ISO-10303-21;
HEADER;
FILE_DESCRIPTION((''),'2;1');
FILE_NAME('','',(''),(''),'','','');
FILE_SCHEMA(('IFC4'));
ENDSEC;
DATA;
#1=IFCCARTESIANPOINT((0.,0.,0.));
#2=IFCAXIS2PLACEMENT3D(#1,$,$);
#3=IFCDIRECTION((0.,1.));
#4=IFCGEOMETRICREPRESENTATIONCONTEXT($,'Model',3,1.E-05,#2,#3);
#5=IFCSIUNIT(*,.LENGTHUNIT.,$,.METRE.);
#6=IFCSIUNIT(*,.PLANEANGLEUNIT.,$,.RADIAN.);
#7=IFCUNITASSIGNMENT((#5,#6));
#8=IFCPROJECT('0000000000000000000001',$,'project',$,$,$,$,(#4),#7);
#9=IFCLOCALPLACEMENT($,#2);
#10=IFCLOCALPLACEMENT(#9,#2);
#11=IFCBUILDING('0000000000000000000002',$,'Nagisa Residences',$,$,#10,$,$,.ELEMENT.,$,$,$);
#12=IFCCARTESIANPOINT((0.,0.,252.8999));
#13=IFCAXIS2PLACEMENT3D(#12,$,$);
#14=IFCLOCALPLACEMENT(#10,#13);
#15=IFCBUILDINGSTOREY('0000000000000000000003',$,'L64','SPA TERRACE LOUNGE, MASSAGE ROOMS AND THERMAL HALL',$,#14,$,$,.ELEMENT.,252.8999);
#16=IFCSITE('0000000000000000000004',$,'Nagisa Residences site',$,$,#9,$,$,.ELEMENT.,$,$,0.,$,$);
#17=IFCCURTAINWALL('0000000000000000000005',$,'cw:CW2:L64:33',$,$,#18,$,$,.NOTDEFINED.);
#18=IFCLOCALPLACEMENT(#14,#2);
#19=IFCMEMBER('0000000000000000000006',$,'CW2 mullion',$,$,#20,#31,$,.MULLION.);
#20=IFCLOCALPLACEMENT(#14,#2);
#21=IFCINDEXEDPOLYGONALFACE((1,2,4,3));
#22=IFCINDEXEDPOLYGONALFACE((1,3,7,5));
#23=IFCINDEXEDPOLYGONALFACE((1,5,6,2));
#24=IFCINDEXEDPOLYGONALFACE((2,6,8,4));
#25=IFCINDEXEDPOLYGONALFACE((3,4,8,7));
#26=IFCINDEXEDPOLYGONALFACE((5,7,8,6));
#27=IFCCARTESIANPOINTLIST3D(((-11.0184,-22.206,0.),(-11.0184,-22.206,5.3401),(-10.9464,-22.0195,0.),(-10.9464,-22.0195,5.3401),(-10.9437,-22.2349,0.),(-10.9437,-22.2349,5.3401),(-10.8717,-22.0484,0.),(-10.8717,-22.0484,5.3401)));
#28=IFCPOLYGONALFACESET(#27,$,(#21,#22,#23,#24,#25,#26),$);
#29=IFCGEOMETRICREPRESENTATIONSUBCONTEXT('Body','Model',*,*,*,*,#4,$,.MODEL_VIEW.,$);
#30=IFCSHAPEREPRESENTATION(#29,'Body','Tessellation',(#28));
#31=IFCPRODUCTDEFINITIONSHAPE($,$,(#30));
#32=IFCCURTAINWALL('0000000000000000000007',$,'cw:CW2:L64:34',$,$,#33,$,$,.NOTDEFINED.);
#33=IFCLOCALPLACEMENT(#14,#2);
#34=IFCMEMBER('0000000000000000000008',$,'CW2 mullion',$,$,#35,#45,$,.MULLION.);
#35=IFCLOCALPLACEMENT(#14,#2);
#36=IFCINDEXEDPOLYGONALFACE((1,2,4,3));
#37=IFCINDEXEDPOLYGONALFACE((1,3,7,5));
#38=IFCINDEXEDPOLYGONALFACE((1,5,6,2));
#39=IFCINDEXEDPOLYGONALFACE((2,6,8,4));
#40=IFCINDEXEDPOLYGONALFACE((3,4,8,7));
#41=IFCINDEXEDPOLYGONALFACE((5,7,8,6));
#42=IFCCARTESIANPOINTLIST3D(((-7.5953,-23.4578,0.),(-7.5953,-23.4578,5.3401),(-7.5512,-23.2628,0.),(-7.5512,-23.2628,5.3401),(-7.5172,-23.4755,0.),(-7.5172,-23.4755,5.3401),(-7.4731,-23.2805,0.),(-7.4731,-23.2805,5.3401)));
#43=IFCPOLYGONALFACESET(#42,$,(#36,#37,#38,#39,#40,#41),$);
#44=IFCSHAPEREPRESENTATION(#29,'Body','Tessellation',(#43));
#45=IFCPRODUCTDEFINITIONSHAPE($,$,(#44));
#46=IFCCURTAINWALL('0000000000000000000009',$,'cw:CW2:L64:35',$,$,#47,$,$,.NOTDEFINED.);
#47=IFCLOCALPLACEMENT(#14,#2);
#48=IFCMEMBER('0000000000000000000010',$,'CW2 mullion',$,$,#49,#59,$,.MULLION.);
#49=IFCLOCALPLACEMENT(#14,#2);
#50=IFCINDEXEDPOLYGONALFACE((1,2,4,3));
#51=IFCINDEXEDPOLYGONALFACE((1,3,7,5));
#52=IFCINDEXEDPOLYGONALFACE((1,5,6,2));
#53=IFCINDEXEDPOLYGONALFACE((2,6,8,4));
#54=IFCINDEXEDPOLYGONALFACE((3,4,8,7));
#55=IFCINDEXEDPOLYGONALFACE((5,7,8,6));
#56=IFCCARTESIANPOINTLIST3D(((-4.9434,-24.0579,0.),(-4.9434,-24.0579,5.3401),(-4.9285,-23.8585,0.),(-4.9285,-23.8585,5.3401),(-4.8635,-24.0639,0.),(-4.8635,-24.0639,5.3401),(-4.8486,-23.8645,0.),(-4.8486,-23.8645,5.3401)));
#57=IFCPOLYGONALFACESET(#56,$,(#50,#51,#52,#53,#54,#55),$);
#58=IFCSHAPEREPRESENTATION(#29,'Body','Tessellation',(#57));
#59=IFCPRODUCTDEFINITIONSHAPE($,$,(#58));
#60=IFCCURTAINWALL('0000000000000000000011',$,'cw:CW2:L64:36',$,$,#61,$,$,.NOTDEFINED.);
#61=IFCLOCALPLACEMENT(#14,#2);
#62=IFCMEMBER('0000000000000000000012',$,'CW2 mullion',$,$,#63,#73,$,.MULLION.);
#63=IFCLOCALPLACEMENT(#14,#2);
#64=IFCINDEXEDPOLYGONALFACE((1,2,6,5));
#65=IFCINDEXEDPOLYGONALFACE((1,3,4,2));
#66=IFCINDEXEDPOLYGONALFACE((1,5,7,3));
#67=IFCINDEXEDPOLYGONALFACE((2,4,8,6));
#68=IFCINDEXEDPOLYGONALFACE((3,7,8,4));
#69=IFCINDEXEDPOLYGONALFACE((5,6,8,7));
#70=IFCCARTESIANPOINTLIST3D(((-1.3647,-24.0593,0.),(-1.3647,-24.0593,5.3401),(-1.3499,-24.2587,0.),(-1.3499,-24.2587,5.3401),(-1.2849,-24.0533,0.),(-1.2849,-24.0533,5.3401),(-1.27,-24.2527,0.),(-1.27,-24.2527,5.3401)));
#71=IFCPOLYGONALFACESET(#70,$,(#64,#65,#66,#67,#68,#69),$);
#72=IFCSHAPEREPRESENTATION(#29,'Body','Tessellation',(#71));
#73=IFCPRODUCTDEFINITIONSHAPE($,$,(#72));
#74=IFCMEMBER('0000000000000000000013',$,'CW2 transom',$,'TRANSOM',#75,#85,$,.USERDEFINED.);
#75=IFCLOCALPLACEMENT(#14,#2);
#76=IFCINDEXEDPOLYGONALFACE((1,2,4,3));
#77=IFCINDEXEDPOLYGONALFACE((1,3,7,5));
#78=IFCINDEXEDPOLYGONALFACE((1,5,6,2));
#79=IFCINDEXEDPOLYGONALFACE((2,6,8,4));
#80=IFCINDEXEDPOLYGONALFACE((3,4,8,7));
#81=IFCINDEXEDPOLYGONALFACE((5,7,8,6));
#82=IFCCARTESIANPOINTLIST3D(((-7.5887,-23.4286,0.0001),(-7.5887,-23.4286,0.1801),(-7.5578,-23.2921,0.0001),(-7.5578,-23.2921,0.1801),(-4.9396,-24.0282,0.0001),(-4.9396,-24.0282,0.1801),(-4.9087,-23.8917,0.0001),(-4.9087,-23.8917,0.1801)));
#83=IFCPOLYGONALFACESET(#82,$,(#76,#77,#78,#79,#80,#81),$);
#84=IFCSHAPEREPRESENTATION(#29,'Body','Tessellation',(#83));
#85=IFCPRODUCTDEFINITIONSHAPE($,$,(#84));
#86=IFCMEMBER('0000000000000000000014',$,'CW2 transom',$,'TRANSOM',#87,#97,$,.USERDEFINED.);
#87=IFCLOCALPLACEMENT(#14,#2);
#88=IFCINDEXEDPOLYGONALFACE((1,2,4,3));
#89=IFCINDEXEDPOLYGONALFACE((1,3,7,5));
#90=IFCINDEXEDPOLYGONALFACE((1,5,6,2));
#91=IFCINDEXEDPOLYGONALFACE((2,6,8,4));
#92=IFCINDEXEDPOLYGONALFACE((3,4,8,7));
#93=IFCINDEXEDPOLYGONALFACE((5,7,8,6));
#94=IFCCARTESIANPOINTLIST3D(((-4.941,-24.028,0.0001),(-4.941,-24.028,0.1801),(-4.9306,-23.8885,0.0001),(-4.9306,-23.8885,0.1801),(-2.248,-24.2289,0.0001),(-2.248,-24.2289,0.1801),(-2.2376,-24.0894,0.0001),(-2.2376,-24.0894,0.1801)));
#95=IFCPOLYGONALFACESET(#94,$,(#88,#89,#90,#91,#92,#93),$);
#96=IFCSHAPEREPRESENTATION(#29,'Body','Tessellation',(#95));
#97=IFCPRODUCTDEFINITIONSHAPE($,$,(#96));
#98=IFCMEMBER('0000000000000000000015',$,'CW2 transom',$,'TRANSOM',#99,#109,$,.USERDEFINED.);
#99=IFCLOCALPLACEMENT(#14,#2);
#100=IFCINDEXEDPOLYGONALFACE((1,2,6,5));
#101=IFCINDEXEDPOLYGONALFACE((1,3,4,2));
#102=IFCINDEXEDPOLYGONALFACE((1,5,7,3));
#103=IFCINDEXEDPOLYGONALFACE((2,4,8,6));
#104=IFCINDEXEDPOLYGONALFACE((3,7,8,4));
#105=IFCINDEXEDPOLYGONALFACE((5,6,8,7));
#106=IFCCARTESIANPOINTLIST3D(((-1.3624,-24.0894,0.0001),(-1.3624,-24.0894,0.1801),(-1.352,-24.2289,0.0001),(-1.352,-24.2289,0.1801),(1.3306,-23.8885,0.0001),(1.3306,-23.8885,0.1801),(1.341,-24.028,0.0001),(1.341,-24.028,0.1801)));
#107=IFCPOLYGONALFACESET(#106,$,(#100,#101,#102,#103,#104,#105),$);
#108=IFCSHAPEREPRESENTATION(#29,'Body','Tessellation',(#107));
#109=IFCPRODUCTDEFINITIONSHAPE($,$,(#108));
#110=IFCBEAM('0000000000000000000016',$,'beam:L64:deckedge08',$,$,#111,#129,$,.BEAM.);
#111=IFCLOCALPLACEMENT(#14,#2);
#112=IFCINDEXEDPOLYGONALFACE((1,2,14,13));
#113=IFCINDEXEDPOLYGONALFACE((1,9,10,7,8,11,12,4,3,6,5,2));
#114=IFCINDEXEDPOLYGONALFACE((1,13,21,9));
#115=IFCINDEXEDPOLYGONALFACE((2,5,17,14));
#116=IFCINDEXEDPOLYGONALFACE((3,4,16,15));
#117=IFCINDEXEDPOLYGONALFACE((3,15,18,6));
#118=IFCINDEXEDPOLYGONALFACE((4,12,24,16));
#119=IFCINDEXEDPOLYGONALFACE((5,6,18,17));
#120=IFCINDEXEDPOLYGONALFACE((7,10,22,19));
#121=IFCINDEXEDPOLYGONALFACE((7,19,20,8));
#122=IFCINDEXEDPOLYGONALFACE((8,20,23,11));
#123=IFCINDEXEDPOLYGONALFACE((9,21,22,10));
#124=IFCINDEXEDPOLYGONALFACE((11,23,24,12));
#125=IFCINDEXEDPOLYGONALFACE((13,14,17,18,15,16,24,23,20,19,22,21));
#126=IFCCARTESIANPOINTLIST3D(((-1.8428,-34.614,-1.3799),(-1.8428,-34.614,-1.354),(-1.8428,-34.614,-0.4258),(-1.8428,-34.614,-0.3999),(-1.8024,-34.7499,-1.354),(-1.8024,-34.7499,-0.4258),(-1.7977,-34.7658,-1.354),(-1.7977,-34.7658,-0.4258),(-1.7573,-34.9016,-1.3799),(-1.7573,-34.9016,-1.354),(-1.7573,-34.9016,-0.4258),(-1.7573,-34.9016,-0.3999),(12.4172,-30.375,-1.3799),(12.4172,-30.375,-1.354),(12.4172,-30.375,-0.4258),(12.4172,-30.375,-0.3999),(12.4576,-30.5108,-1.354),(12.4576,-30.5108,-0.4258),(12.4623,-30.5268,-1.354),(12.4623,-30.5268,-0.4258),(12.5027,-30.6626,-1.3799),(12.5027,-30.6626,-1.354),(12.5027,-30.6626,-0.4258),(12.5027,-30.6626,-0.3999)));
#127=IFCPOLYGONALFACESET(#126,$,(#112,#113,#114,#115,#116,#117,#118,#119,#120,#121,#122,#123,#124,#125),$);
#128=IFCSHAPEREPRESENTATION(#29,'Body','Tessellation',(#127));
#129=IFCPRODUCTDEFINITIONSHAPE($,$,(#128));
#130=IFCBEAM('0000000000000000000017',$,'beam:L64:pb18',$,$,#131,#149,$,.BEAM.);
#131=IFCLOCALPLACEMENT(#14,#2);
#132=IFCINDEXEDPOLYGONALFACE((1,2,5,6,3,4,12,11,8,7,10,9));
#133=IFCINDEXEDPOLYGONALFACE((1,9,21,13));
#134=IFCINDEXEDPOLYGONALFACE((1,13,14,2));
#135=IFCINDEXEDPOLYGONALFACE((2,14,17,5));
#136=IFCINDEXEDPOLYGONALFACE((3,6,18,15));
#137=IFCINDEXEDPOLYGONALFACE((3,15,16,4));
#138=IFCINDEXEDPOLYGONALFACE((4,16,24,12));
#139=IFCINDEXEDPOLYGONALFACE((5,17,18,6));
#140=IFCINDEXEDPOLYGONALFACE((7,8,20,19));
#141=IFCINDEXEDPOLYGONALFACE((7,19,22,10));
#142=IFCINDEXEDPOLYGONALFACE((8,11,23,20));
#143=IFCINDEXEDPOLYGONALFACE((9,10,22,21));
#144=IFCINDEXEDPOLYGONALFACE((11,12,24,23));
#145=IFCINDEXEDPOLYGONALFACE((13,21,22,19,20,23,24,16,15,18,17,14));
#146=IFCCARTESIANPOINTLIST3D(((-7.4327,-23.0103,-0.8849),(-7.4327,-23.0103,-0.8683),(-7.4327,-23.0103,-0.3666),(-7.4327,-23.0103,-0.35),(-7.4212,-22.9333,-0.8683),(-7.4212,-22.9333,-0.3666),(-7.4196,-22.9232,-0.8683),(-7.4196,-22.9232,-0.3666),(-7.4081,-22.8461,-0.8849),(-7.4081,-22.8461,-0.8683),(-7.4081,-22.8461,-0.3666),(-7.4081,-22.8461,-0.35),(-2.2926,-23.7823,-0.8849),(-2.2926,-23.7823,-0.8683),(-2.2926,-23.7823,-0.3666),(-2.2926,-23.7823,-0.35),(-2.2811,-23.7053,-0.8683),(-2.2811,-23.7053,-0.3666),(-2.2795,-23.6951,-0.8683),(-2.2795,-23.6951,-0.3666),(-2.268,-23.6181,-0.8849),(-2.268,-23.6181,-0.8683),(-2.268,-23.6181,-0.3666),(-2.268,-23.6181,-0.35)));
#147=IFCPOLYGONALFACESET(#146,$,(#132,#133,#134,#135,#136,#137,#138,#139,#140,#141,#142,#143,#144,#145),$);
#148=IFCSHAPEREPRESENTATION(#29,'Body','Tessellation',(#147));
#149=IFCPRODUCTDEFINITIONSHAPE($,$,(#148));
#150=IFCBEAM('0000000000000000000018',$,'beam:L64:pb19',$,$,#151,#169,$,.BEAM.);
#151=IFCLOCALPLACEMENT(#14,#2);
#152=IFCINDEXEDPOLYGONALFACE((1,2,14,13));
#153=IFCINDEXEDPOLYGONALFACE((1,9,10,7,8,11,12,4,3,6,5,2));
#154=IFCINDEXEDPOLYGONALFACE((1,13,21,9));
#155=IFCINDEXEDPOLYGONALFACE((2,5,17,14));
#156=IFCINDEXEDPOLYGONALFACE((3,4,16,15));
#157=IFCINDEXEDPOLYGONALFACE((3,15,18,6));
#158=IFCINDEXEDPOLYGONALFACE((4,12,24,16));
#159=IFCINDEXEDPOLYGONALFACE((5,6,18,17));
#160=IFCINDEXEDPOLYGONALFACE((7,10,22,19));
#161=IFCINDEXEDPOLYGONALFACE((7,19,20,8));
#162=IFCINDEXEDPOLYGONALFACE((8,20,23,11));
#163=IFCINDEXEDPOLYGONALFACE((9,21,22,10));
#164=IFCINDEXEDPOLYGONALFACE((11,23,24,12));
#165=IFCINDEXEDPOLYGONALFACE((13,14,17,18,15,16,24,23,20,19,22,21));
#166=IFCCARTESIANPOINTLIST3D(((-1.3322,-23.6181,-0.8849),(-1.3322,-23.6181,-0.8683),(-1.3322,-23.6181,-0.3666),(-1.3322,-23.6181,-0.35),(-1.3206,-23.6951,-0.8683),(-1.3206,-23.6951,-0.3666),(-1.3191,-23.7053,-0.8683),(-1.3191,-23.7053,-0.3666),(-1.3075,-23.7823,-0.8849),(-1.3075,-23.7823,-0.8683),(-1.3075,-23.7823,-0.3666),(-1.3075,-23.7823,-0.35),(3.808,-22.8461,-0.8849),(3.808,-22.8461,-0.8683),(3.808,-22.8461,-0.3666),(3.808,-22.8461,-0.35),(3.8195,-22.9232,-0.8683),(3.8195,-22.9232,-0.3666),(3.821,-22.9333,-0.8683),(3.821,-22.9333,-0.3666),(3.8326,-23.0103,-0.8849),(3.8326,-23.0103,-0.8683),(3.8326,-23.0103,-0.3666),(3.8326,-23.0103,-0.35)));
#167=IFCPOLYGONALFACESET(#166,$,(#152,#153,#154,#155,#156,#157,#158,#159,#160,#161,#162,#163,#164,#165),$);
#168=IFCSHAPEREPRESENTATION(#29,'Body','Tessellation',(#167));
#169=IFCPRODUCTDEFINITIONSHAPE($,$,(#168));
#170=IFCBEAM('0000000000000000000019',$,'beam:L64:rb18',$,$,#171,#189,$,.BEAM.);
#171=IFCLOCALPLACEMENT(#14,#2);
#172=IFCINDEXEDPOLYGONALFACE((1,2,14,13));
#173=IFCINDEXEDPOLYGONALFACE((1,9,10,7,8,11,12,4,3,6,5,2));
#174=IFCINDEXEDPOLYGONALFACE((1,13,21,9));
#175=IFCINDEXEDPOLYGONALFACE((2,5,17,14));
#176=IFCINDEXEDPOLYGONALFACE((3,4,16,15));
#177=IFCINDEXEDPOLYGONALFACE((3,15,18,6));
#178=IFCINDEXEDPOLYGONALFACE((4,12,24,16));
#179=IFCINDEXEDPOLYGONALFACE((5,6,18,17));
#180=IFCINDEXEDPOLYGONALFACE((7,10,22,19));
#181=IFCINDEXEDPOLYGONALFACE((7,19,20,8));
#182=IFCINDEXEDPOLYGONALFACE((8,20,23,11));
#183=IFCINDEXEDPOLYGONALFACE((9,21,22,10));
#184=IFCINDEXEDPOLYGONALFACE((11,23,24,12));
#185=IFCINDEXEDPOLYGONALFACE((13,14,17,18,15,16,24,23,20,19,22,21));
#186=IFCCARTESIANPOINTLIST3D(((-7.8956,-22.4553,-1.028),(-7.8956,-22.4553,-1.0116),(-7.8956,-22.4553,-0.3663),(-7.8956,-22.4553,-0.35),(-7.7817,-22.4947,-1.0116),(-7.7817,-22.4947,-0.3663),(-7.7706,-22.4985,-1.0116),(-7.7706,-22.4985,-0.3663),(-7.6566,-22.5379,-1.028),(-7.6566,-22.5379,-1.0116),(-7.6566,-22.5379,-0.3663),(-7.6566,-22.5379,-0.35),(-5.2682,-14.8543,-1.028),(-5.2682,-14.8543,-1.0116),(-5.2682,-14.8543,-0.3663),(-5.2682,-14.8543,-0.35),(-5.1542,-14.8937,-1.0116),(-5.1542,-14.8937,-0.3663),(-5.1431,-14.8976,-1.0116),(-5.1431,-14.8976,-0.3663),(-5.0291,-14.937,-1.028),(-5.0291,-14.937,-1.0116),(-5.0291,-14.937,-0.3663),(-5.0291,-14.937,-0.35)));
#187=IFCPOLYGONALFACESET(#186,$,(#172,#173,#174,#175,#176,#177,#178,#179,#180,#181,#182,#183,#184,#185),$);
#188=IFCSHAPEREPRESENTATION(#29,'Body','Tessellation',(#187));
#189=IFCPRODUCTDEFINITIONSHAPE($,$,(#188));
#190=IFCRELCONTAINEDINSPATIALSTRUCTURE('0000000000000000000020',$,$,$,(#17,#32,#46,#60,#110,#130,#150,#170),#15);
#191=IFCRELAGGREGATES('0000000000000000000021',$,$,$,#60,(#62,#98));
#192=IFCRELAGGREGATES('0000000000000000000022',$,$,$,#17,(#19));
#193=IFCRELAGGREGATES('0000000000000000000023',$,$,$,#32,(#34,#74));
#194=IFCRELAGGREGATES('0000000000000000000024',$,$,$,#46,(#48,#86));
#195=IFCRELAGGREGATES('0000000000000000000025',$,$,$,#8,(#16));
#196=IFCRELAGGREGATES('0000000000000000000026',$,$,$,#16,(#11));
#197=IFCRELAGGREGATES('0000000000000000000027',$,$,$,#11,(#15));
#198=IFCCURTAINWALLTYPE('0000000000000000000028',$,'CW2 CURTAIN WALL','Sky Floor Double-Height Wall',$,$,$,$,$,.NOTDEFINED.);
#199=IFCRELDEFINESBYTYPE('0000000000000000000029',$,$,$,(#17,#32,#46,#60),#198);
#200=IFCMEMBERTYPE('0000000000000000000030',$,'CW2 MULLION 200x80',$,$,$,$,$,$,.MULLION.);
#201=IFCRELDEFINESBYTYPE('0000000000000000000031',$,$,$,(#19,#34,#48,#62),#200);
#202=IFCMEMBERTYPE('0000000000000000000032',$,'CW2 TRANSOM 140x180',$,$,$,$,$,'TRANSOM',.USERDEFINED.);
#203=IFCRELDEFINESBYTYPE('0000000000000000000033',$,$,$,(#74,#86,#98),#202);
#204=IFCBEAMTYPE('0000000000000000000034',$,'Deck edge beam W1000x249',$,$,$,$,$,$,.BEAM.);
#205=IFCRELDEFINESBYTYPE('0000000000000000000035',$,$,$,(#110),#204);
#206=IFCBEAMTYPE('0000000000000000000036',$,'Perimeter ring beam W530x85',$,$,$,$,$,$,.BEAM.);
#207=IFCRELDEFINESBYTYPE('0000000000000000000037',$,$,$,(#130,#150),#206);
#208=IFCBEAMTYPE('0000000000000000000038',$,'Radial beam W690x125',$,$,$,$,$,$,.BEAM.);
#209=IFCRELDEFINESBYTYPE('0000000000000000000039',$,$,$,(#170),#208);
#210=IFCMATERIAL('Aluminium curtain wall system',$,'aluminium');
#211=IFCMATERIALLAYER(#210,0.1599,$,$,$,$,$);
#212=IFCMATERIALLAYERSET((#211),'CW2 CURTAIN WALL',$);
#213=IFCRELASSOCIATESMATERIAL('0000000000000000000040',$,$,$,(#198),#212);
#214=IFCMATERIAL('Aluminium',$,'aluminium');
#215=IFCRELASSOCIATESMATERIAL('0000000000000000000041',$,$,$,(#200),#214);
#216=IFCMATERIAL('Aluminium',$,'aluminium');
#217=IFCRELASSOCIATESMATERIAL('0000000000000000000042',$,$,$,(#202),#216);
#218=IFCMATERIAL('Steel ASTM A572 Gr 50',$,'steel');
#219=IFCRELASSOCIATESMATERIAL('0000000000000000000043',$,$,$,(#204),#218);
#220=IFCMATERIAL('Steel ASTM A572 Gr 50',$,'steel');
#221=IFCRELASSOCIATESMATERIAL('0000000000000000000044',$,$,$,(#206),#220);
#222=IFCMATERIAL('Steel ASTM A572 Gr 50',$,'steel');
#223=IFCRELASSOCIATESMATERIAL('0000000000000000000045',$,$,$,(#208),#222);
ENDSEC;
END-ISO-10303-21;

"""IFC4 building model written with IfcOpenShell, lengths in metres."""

from ifc_helpers import new_model, si_unit, direction, frame, origin, origin_2d, place, context, subcontext, project, spatial, rectangle, i_section, extrude, material, layer, layer_set, material_profile, profile_set, type_object, element, aggregate, save


model = new_model("IFC4")

# Units and contexts
model_context = context("Model", 3, precision=1e-05, world=origin(), true_north=direction((0.0, 1.0)))
body_context = subcontext(model_context, "Body", "Model", "MODEL_VIEW")
ifc_project = project(units=[si_unit("LENGTHUNIT", "METRE"), si_unit("PLANEANGLEUNIT", "RADIAN")], contexts=[model_context])

# Site, building, storey
site_placement = place(None, origin())
site = spatial("IfcSite", under=ifc_project, at=site_placement, Name="Nagisa Residences site", CompositionType="ELEMENT", RefElevation=0.0)
building_placement = place(site_placement, origin())
building = spatial("IfcBuilding", under=site, at=building_placement, Name="Nagisa Residences", CompositionType="ELEMENT")
storey_placement = place(building_placement, frame((0.0, 0.0, 252.8999)))
storey = spatial("IfcBuildingStorey", under=building, at=storey_placement, Name="L64", Description="SPA TERRACE LOUNGE, MASSAGE ROOMS AND THERMAL HALL", CompositionType="ELEMENT", Elevation=252.8999)

# Curtain walls, members
ifc_material_1 = material(Name="Aluminium curtain wall system", Category="aluminium")
ifc_layer_1 = layer(ifc_material_1, 0.1599)
ifc_layer_set_1 = layer_set([ifc_layer_1], Name="CW2 CURTAIN WALL")
curtain_wall_type = type_object("IfcCurtainWallType", Name="CW2 CURTAIN WALL", Description="Sky Floor Double-Height Wall", PredefinedType="NOTDEFINED", material=ifc_layer_set_1)
curtain_wall_1_placement = place(storey_placement, origin())
curtain_wall_1 = element("IfcCurtainWall", 1, at=curtain_wall_1_placement, inside=storey, type_object=curtain_wall_type, Name="cw:CW2:L64:33", PredefinedType="NOTDEFINED")
ifc_material_2 = material(Name="Aluminium", Category="aluminium")
ifc_material_profile_1 = material_profile(ifc_material_2, rectangle(XDim=0.2, YDim=0.0801, at=origin_2d()), Name="CW2 MULLION 200x80")
ifc_profile_set_1 = profile_set([ifc_material_profile_1], Name="Aluminium")
member_type_1 = type_object("IfcMemberType", Name="CW2 MULLION 200x80", PredefinedType="MULLION", material=ifc_profile_set_1)
member_1_placement = place(storey_placement, frame((-10.9451, -22.1272, 0.0), z_axis=(0.0, 0.0, 1.0), x_axis=(0.360328, 0.932826, 0.0)))
member_1 = element("IfcMember", 2, at=member_1_placement, type_object=member_type_1, Name="CW2 mullion", PredefinedType="MULLION", context=body_context, shape_type="SweptSolid", body=[
    extrude(rectangle(XDim=0.2, YDim=0.0801, at=origin_2d()), origin(), (0.0, 0.0, 1.0), 5.3401),
])
curtain_wall_2_placement = place(storey_placement, origin())
curtain_wall_2 = element("IfcCurtainWall", 3, at=curtain_wall_2_placement, inside=storey, type_object=curtain_wall_type, Name="cw:CW2:L64:34", PredefinedType="NOTDEFINED")
member_2_placement = place(storey_placement, frame((-7.5342, -23.3691, 0.0), z_axis=(0.0, 0.0, 1.0), x_axis=(0.220764, 0.975327, 0.0)))
member_2 = element("IfcMember", 4, at=member_2_placement, type_object=member_type_1, Name="CW2 mullion", PredefinedType="MULLION", context=body_context, shape_type="SweptSolid", body=[
    extrude(rectangle(XDim=0.2, YDim=0.0801, at=origin_2d()), origin(), (0.0, 0.0, 1.0), 5.3401),
])
curtain_wall_3_placement = place(storey_placement, origin())
curtain_wall_3 = element("IfcCurtainWall", 5, at=curtain_wall_3_placement, inside=storey, type_object=curtain_wall_type, Name="cw:CW2:L64:35", PredefinedType="NOTDEFINED")
member_3_placement = place(storey_placement, frame((-4.896, -23.9612, 0.0), z_axis=(0.0, 0.0, 1.0), x_axis=(0.074377, 0.99723, 0.0)))
member_3 = element("IfcMember", 6, at=member_3_placement, type_object=member_type_1, Name="CW2 mullion", PredefinedType="MULLION", context=body_context, shape_type="SweptSolid", body=[
    extrude(rectangle(XDim=0.2, YDim=0.0801, at=origin_2d()), origin(), (0.0, 0.0, 1.0), 5.3401),
])
curtain_wall_4_placement = place(storey_placement, origin())
curtain_wall_4 = element("IfcCurtainWall", 7, at=curtain_wall_4_placement, inside=storey, type_object=curtain_wall_type, Name="cw:CW2:L64:36", PredefinedType="NOTDEFINED")
member_4_placement = place(storey_placement, frame((-1.3174, -24.156, 0.0), z_axis=(0.0, 0.0, 1.0), x_axis=(-0.074377, 0.99723, 0.0)))
member_4 = element("IfcMember", 8, at=member_4_placement, type_object=member_type_1, Name="CW2 mullion", PredefinedType="MULLION", context=body_context, shape_type="SweptSolid", body=[
    extrude(rectangle(XDim=0.2, YDim=0.0801, at=origin_2d()), origin(), (0.0, 0.0, 1.0), 5.3401),
])

# Members
ifc_material_3 = material(Name="Aluminium", Category="aluminium")
ifc_material_profile_2 = material_profile(ifc_material_3, rectangle(XDim=0.1399, YDim=0.1799, at=origin_2d()), Name="CW2 TRANSOM 140x180")
ifc_profile_set_2 = profile_set([ifc_material_profile_2], Name="Aluminium")
member_type_2 = type_object("IfcMemberType", Name="CW2 TRANSOM 140x180", ElementType="TRANSOM", PredefinedType="USERDEFINED", material=ifc_profile_set_2)
member_5_placement = place(storey_placement, frame((-7.5732, -23.3604, 0.0901), z_axis=(0.975329, -0.220755, 0.0), x_axis=(0.220755, 0.975329, 0.0)))
member_5 = element("IfcMember", 9, at=member_5_placement, type_object=member_type_2, Name="CW2 transom", ObjectType="TRANSOM", PredefinedType="USERDEFINED", context=body_context, shape_type="SweptSolid", body=[
    extrude(rectangle(XDim=0.1399, YDim=0.1799, at=origin_2d()), origin(), (0.0, 0.0, 1.0), 2.7161),
])
member_6_placement = place(storey_placement, frame((-4.9358, -23.9583, 0.0901), z_axis=(0.997228, -0.074408, 0.0), x_axis=(0.074408, 0.997228, 0.0)))
member_6 = element("IfcMember", 10, at=member_6_placement, type_object=member_type_2, Name="CW2 transom", ObjectType="TRANSOM", PredefinedType="USERDEFINED", context=body_context, shape_type="SweptSolid", body=[
    extrude(rectangle(XDim=0.1399, YDim=0.1799, at=origin_2d()), origin(), (0.0, 0.0, 1.0), 2.7004),
])
member_7_placement = place(storey_placement, frame((-1.3572, -24.1592, 0.0901), z_axis=(0.997228, 0.074408, 0.0), x_axis=(-0.074408, 0.997228, 0.0)))
member_7 = element("IfcMember", 11, at=member_7_placement, type_object=member_type_2, Name="CW2 transom", ObjectType="TRANSOM", PredefinedType="USERDEFINED", context=body_context, shape_type="SweptSolid", body=[
    extrude(rectangle(XDim=0.1399, YDim=0.1799, at=origin_2d()), origin(), (0.0, 0.0, 1.0), 2.7004),
])
aggregate(curtain_wall_4, [member_4, member_7])

# Beams
ifc_material_4 = material(Name="Steel ASTM A572 Gr 50", Category="steel")
ifc_material_profile_3 = material_profile(ifc_material_4, i_section(OverallWidth=0.3, OverallDepth=0.98, WebThickness=0.0166, FlangeThickness=0.0259, at=origin_2d()), Name="W1000x249")
ifc_profile_set_3 = profile_set([ifc_material_profile_3], Name="Steel ASTM A572 Gr 50")
beam_type_1 = type_object("IfcBeamType", Name="Deck edge beam W1000x249", PredefinedType="BEAM", material=ifc_profile_set_3)
beam_1_placement = place(storey_placement, frame((-1.8, -34.7578, -0.8899), z_axis=(0.958545, 0.284943, 0.0), x_axis=(-0.284943, 0.958545, 0.0)))
element("IfcBeam", 12, at=beam_1_placement, inside=storey, type_object=beam_type_1, Name="beam:L64:deckedge08", PredefinedType="BEAM", context=body_context, shape_type="SweptSolid", body=[
    extrude(i_section(OverallWidth=0.3, OverallDepth=0.98, WebThickness=0.0166, FlangeThickness=0.0259, at=origin_2d()), origin(), (0.0, 0.0, 1.0), 14.8767),
])
ifc_material_5 = material(Name="Steel ASTM A572 Gr 50", Category="steel")
ifc_material_profile_4 = material_profile(ifc_material_5, i_section(OverallWidth=0.166, OverallDepth=0.5349, WebThickness=0.0103, FlangeThickness=0.0166, at=origin_2d()), Name="W530x85")
ifc_profile_set_4 = profile_set([ifc_material_profile_4], Name="Steel ASTM A572 Gr 50")
beam_type_2 = type_object("IfcBeamType", Name="Perimeter ring beam W530x85", PredefinedType="BEAM", material=ifc_profile_set_4)
for number, where, z_axis, x_axis, name in (
    (13, (-7.4204, -22.9282, -0.6174), (0.988909, -0.14852, 0.0), (0.14852, 0.988909, 0.0), "beam:L64:pb18"),
    (14, (-1.3198, -23.7002, -0.6174), (0.988909, 0.14852, 0.0), (-0.14852, 0.988909, 0.0), "beam:L64:pb19"),
):
    element("IfcBeam", number, at=place(storey_placement, frame(where, z_axis=z_axis, x_axis=x_axis)), inside=storey, type_object=beam_type_2, Name=name, PredefinedType="BEAM", context=body_context, shape_type="SweptSolid", body=[
        extrude(i_section(OverallWidth=0.166, OverallDepth=0.5349, WebThickness=0.0103, FlangeThickness=0.0166, at=origin_2d()), origin(), (0.0, 0.0, 1.0), 5.1978),
    ])
ifc_material_6 = material(Name="Steel ASTM A572 Gr 50", Category="steel")
ifc_material_profile_5 = material_profile(ifc_material_6, i_section(OverallWidth=0.2529, OverallDepth=0.678, WebThickness=0.0117, FlangeThickness=0.0164, at=origin_2d()), Name="W690x125")
ifc_profile_set_5 = profile_set([ifc_material_profile_5], Name="Steel ASTM A572 Gr 50")
beam_type_3 = type_object("IfcBeamType", Name="Radial beam W690x125", PredefinedType="BEAM", material=ifc_profile_set_5)
beam_2_placement = place(storey_placement, frame((-7.7761, -22.4966, -0.689), z_axis=(0.326709, 0.945125, 0.0), x_axis=(-0.945125, 0.326709, 0.0)))
element("IfcBeam", 15, at=beam_2_placement, inside=storey, type_object=beam_type_3, Name="beam:L64:rb18", PredefinedType="BEAM", context=body_context, shape_type="SweptSolid", body=[
    extrude(i_section(OverallWidth=0.2529, OverallDepth=0.678, WebThickness=0.0117, FlangeThickness=0.0164, at=origin_2d()), origin(), (0.0, 0.0, 1.0), 8.0422),
])

aggregate(curtain_wall_1, [member_1])
aggregate(curtain_wall_2, [member_2, member_5])
aggregate(curtain_wall_3, [member_3, member_6])

save(model, "model.ifc")
